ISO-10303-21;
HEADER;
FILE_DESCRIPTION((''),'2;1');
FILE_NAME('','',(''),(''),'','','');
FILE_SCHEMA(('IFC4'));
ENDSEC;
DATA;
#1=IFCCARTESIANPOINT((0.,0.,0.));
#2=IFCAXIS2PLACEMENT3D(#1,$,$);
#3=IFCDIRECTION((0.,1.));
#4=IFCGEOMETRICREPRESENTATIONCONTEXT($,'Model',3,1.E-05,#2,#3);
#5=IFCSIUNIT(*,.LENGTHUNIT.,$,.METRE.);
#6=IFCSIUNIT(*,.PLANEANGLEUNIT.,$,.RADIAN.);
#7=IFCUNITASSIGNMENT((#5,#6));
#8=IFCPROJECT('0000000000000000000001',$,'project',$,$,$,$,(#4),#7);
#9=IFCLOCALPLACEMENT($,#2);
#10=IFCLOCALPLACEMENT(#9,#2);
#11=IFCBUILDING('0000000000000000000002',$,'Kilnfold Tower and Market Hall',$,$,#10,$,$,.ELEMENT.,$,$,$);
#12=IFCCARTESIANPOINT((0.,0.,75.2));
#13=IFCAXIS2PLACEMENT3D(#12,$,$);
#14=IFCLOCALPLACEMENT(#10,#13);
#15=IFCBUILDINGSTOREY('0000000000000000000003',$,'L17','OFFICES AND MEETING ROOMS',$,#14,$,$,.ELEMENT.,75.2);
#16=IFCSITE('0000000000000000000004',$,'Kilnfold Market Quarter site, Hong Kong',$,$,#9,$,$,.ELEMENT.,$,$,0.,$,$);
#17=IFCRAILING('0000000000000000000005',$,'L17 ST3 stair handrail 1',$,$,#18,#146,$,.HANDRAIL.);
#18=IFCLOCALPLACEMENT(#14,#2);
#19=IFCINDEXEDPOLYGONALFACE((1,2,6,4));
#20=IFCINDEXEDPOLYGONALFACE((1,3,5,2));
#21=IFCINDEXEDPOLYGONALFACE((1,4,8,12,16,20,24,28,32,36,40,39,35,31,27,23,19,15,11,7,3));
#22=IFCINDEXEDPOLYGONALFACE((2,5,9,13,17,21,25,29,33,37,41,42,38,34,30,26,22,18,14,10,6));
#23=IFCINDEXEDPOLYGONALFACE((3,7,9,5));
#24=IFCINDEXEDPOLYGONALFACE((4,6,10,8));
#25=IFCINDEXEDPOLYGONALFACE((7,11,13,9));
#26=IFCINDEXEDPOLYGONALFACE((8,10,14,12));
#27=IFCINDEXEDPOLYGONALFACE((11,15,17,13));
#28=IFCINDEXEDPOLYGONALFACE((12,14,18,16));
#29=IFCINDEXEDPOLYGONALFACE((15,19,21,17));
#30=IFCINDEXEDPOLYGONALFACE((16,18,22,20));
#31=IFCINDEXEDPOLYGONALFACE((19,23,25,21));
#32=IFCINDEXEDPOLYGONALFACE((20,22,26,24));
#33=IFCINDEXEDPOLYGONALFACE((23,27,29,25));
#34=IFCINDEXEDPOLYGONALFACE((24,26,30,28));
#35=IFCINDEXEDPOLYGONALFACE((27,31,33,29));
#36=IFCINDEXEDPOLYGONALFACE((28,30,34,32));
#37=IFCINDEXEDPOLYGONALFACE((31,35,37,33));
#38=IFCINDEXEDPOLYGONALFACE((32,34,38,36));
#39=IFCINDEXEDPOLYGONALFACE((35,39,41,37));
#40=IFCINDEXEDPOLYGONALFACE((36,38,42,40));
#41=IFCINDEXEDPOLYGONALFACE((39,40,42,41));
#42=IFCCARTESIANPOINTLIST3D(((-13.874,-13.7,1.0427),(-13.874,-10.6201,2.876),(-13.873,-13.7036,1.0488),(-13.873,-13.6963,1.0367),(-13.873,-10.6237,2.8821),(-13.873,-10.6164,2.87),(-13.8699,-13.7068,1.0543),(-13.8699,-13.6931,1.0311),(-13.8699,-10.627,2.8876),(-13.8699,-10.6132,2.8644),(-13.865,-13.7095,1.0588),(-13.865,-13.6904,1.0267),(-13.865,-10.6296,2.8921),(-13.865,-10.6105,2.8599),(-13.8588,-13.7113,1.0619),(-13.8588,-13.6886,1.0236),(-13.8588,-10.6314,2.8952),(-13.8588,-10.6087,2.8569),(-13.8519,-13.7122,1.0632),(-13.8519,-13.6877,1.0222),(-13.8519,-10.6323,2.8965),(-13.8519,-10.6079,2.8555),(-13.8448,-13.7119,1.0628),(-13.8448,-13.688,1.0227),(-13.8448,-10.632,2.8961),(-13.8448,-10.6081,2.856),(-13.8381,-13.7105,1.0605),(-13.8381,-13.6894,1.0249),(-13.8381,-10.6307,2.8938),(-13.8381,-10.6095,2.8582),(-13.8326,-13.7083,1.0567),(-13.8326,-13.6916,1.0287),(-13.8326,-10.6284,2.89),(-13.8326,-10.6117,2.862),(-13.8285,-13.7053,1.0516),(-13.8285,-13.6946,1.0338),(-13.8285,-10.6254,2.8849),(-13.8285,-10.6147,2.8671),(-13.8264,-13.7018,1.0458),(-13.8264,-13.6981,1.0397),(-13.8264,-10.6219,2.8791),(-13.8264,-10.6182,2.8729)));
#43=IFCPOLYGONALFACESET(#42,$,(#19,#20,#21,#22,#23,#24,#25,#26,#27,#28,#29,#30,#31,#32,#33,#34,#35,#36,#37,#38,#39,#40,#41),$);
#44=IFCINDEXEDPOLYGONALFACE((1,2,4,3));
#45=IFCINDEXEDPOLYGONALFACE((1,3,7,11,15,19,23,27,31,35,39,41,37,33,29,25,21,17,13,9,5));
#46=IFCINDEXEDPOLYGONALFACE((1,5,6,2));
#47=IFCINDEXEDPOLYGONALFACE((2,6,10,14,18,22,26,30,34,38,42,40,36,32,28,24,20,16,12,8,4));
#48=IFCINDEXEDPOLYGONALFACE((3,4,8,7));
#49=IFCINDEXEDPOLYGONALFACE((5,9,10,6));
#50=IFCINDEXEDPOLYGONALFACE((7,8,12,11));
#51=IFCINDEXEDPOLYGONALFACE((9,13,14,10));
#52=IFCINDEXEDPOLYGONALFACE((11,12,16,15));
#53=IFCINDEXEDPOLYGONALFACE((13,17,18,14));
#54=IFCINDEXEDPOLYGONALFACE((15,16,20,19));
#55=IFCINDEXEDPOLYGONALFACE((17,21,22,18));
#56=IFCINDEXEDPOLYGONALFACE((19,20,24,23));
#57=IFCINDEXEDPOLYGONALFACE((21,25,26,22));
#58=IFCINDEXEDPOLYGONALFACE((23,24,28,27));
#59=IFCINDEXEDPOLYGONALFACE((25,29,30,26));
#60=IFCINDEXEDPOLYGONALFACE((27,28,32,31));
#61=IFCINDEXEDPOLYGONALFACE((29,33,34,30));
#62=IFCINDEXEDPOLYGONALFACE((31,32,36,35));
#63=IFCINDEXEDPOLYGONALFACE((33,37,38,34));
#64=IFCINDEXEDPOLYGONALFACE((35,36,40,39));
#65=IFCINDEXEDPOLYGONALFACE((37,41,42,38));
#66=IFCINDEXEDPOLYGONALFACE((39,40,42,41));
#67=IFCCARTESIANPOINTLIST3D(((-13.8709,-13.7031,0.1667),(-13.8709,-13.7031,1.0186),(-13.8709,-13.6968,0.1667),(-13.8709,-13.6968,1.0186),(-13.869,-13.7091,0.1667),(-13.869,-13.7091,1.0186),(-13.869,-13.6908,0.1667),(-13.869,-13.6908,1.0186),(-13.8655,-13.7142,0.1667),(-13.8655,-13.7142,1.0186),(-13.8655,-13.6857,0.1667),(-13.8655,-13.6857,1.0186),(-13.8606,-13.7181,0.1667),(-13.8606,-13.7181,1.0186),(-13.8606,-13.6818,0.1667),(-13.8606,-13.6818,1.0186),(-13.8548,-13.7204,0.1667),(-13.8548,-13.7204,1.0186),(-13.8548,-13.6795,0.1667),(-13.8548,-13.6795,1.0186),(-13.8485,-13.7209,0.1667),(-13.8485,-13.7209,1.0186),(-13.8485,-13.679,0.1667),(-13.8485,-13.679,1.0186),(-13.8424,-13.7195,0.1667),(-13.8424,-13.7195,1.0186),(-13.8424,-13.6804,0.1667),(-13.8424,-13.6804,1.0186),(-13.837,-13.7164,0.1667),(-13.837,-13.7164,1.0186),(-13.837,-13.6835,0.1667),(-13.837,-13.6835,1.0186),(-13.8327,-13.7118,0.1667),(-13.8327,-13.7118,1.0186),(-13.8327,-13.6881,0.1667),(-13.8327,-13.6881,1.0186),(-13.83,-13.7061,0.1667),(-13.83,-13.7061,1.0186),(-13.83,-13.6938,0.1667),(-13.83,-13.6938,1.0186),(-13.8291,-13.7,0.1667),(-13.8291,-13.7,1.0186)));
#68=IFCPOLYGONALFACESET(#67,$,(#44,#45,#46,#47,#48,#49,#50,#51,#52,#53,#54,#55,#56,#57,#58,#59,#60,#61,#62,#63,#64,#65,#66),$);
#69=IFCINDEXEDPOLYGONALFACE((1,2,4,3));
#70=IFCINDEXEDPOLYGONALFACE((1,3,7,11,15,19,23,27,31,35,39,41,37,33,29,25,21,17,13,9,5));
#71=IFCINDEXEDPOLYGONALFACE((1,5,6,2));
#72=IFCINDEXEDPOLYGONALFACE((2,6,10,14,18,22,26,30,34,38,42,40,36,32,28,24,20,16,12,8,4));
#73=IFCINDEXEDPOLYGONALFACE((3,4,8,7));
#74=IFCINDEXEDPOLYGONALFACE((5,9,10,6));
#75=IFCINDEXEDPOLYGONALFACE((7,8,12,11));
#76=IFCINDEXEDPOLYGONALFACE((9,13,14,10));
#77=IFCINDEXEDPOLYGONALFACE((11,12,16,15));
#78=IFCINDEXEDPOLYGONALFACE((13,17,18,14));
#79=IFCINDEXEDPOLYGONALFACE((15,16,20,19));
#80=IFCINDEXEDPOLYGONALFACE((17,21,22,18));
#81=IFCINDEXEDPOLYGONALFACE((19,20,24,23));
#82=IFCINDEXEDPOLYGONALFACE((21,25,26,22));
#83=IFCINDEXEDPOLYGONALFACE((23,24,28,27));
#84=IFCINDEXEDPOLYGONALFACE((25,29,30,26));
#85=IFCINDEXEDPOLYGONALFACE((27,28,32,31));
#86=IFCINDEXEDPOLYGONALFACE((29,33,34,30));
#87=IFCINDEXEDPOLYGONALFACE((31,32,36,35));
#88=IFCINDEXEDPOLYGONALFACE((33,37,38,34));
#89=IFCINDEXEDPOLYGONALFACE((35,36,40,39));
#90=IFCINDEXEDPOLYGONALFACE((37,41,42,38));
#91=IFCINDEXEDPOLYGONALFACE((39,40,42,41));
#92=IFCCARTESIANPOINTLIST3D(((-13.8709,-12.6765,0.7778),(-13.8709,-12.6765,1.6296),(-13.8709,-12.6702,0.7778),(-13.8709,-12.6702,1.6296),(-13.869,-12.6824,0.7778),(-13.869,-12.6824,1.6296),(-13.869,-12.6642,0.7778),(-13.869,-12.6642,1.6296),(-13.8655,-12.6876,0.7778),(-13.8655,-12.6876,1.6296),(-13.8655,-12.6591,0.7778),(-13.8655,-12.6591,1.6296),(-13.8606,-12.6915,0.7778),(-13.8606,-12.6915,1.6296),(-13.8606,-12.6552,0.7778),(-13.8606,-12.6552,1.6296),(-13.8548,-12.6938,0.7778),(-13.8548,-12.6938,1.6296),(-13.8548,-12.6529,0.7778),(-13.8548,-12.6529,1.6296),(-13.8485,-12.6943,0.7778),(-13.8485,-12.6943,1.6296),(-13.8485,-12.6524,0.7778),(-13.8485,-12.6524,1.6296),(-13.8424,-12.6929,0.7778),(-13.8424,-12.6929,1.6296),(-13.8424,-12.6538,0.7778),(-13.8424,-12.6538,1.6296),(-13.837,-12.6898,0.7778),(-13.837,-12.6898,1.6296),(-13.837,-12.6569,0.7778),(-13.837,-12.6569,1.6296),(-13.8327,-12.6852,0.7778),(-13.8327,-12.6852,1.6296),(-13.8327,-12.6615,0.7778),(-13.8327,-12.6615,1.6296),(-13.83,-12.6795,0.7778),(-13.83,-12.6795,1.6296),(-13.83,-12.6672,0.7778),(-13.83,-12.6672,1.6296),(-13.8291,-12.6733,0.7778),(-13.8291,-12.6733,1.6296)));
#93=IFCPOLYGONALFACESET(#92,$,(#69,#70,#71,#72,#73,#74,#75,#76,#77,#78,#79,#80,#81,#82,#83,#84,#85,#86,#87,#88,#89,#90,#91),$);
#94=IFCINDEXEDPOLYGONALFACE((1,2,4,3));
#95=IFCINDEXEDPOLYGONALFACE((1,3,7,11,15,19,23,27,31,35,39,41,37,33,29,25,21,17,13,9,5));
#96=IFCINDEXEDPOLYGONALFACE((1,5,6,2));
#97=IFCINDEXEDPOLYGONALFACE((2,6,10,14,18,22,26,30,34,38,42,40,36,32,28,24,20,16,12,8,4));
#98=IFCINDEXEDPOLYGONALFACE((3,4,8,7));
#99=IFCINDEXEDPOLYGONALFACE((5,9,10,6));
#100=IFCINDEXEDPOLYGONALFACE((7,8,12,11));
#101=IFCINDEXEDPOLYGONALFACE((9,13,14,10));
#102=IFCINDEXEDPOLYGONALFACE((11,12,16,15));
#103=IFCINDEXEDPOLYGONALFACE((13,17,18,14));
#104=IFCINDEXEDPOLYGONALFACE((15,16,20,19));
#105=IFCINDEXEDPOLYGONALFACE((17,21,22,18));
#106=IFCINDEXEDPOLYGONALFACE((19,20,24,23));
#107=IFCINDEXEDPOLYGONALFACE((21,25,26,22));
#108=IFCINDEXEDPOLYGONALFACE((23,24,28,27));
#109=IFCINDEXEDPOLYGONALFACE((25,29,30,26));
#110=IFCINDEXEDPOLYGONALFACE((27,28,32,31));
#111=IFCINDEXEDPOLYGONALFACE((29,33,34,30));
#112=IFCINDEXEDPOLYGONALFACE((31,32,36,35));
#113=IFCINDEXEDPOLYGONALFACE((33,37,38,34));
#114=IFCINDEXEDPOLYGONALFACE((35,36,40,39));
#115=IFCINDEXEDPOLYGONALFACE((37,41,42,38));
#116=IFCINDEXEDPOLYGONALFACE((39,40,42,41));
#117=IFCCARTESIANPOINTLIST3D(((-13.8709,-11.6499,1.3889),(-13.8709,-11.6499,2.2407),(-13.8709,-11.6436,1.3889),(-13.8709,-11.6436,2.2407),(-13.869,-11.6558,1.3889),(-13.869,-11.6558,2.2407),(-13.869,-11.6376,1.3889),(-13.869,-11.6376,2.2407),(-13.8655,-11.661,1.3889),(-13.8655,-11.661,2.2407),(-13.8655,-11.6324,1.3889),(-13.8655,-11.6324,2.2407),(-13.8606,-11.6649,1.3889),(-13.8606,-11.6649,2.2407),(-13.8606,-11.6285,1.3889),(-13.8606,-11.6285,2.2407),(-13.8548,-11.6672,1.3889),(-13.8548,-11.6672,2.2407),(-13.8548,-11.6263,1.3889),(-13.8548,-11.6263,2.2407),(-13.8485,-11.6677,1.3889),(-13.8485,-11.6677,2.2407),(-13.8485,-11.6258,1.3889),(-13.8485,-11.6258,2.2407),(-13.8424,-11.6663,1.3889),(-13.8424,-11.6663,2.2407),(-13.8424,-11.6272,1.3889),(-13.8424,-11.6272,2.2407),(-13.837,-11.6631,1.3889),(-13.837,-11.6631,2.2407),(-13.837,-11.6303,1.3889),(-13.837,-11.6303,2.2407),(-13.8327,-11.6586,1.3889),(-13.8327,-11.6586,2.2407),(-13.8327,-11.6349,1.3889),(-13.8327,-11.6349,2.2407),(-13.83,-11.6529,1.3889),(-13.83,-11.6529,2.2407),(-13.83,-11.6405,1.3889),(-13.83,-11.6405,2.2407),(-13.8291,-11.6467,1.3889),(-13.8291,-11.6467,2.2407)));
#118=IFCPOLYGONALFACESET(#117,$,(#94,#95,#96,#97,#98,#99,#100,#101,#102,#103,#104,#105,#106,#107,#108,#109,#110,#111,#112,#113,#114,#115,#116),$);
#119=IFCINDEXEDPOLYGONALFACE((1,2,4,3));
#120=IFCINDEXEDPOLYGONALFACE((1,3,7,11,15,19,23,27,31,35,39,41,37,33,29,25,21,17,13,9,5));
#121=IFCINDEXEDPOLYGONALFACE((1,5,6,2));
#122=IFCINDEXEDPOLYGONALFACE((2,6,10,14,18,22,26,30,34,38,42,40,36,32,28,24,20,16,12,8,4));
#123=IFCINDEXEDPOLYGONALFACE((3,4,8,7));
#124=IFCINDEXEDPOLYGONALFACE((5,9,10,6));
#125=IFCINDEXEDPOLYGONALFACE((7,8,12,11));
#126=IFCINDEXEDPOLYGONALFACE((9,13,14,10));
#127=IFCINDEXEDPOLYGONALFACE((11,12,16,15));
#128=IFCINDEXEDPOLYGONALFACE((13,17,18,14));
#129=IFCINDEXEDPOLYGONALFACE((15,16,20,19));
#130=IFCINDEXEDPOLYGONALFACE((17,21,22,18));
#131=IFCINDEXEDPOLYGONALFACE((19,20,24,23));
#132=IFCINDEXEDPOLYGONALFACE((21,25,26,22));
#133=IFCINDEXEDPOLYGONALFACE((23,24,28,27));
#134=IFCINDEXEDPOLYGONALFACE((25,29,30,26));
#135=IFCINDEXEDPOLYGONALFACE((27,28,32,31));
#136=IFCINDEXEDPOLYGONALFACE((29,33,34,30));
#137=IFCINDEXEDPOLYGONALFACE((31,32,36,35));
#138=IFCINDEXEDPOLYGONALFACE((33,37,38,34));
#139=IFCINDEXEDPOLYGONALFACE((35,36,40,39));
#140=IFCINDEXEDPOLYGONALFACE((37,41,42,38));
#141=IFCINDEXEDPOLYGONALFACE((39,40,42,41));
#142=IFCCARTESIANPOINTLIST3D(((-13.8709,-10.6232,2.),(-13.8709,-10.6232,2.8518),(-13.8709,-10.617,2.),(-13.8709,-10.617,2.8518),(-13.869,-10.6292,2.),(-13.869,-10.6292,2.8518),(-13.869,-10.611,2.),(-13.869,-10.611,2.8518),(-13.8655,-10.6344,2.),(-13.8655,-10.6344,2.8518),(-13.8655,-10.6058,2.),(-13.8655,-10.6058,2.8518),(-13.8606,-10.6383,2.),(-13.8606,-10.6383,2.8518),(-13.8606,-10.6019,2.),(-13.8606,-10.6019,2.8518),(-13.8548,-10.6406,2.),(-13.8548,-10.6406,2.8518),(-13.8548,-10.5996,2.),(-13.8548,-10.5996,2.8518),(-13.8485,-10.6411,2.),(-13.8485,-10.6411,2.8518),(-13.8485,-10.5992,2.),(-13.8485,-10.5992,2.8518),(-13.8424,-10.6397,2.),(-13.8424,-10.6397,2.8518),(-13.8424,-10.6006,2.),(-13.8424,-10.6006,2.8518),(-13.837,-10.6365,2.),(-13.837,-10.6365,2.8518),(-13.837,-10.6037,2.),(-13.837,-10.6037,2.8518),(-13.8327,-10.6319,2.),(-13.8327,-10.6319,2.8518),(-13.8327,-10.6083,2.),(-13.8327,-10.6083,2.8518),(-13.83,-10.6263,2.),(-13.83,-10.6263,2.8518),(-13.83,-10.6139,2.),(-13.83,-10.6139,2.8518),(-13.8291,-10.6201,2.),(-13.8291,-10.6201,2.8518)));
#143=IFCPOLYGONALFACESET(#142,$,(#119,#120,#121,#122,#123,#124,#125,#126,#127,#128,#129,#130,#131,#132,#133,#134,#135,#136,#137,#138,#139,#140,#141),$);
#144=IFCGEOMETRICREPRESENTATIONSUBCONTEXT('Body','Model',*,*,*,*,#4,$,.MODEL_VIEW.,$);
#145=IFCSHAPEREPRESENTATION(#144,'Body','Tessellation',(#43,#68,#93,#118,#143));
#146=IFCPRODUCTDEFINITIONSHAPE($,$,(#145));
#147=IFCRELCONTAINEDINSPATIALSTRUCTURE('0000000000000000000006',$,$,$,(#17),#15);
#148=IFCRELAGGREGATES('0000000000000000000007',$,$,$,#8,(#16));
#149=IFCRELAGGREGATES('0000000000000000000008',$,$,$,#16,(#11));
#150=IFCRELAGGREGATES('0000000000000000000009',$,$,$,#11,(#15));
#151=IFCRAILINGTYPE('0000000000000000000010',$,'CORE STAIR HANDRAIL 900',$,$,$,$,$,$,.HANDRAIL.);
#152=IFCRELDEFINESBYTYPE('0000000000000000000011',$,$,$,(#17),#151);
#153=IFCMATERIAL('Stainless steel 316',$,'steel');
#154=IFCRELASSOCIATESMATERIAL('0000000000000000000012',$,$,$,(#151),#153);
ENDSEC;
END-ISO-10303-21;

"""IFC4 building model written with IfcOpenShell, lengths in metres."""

from ifc_helpers import new_model, si_unit, direction, frame, origin, origin_2d, place, context, subcontext, project, spatial, circle, extrude, material, type_object, element, save


model = new_model("IFC4")

# Units and contexts
model_context = context("Model", 3, precision=1e-05, world=origin(), true_north=direction((0.0, 1.0)))
body_context = subcontext(model_context, "Body", "Model", "MODEL_VIEW")
ifc_project = project(units=[si_unit("LENGTHUNIT", "METRE"), si_unit("PLANEANGLEUNIT", "RADIAN")], contexts=[model_context])

# Site, building, storey
site_placement = place(None, origin())
site = spatial("IfcSite", under=ifc_project, at=site_placement, Name="Kilnfold Market Quarter site, Hong Kong", CompositionType="ELEMENT", RefElevation=0.0)
building_placement = place(site_placement, origin())
building = spatial("IfcBuilding", under=site, at=building_placement, Name="Kilnfold Tower and Market Hall", CompositionType="ELEMENT")
storey_placement = place(building_placement, frame((0.0, 0.0, 75.2)))
storey = spatial("IfcBuildingStorey", under=building, at=storey_placement, Name="L17", Description="OFFICES AND MEETING ROOMS", CompositionType="ELEMENT", Elevation=75.2)

# Railing
ifc_material_1 = material(Name="Stainless steel 316", Category="steel")
railing_type_1 = type_object("IfcRailingType", Name="CORE STAIR HANDRAIL 900", PredefinedType="HANDRAIL", material=ifc_material_1)
railing_1_placement = place(storey_placement, frame((-13.8501, -13.7, 0.1667)))
element("IfcRailing", 1, at=railing_1_placement, inside=storey, type_object=railing_type_1, Name="L17 ST3 stair handrail 1", PredefinedType="HANDRAIL", context=body_context, shape_type="SweptSolid", body=[
    extrude(circle(Radius=0.0239, at=origin_2d()), frame((0.0, 0.0, 0.876), z_axis=(0.0, 0.859291, 0.511487), x_axis=(-1.0, 0.0, 0.0)), (0.0, 0.0, 1.0), 3.5842),
    extrude(circle(Radius=0.021, at=origin_2d()), origin(), (0.0, 0.0, 1.0), 0.8518),
    extrude(circle(Radius=0.021, at=origin_2d()), frame((0.0, 1.0266, 0.6111)), (0.0, 0.0, 1.0), 0.8518),
    extrude(circle(Radius=0.021, at=origin_2d()), frame((0.0, 2.0532, 1.2222)), (0.0, 0.0, 1.0), 0.8518),
    extrude(circle(Radius=0.021, at=origin_2d()), frame((0.0, 3.0798, 1.8333)), (0.0, 0.0, 1.0), 0.8518),
])

save(model, "model.ifc")
